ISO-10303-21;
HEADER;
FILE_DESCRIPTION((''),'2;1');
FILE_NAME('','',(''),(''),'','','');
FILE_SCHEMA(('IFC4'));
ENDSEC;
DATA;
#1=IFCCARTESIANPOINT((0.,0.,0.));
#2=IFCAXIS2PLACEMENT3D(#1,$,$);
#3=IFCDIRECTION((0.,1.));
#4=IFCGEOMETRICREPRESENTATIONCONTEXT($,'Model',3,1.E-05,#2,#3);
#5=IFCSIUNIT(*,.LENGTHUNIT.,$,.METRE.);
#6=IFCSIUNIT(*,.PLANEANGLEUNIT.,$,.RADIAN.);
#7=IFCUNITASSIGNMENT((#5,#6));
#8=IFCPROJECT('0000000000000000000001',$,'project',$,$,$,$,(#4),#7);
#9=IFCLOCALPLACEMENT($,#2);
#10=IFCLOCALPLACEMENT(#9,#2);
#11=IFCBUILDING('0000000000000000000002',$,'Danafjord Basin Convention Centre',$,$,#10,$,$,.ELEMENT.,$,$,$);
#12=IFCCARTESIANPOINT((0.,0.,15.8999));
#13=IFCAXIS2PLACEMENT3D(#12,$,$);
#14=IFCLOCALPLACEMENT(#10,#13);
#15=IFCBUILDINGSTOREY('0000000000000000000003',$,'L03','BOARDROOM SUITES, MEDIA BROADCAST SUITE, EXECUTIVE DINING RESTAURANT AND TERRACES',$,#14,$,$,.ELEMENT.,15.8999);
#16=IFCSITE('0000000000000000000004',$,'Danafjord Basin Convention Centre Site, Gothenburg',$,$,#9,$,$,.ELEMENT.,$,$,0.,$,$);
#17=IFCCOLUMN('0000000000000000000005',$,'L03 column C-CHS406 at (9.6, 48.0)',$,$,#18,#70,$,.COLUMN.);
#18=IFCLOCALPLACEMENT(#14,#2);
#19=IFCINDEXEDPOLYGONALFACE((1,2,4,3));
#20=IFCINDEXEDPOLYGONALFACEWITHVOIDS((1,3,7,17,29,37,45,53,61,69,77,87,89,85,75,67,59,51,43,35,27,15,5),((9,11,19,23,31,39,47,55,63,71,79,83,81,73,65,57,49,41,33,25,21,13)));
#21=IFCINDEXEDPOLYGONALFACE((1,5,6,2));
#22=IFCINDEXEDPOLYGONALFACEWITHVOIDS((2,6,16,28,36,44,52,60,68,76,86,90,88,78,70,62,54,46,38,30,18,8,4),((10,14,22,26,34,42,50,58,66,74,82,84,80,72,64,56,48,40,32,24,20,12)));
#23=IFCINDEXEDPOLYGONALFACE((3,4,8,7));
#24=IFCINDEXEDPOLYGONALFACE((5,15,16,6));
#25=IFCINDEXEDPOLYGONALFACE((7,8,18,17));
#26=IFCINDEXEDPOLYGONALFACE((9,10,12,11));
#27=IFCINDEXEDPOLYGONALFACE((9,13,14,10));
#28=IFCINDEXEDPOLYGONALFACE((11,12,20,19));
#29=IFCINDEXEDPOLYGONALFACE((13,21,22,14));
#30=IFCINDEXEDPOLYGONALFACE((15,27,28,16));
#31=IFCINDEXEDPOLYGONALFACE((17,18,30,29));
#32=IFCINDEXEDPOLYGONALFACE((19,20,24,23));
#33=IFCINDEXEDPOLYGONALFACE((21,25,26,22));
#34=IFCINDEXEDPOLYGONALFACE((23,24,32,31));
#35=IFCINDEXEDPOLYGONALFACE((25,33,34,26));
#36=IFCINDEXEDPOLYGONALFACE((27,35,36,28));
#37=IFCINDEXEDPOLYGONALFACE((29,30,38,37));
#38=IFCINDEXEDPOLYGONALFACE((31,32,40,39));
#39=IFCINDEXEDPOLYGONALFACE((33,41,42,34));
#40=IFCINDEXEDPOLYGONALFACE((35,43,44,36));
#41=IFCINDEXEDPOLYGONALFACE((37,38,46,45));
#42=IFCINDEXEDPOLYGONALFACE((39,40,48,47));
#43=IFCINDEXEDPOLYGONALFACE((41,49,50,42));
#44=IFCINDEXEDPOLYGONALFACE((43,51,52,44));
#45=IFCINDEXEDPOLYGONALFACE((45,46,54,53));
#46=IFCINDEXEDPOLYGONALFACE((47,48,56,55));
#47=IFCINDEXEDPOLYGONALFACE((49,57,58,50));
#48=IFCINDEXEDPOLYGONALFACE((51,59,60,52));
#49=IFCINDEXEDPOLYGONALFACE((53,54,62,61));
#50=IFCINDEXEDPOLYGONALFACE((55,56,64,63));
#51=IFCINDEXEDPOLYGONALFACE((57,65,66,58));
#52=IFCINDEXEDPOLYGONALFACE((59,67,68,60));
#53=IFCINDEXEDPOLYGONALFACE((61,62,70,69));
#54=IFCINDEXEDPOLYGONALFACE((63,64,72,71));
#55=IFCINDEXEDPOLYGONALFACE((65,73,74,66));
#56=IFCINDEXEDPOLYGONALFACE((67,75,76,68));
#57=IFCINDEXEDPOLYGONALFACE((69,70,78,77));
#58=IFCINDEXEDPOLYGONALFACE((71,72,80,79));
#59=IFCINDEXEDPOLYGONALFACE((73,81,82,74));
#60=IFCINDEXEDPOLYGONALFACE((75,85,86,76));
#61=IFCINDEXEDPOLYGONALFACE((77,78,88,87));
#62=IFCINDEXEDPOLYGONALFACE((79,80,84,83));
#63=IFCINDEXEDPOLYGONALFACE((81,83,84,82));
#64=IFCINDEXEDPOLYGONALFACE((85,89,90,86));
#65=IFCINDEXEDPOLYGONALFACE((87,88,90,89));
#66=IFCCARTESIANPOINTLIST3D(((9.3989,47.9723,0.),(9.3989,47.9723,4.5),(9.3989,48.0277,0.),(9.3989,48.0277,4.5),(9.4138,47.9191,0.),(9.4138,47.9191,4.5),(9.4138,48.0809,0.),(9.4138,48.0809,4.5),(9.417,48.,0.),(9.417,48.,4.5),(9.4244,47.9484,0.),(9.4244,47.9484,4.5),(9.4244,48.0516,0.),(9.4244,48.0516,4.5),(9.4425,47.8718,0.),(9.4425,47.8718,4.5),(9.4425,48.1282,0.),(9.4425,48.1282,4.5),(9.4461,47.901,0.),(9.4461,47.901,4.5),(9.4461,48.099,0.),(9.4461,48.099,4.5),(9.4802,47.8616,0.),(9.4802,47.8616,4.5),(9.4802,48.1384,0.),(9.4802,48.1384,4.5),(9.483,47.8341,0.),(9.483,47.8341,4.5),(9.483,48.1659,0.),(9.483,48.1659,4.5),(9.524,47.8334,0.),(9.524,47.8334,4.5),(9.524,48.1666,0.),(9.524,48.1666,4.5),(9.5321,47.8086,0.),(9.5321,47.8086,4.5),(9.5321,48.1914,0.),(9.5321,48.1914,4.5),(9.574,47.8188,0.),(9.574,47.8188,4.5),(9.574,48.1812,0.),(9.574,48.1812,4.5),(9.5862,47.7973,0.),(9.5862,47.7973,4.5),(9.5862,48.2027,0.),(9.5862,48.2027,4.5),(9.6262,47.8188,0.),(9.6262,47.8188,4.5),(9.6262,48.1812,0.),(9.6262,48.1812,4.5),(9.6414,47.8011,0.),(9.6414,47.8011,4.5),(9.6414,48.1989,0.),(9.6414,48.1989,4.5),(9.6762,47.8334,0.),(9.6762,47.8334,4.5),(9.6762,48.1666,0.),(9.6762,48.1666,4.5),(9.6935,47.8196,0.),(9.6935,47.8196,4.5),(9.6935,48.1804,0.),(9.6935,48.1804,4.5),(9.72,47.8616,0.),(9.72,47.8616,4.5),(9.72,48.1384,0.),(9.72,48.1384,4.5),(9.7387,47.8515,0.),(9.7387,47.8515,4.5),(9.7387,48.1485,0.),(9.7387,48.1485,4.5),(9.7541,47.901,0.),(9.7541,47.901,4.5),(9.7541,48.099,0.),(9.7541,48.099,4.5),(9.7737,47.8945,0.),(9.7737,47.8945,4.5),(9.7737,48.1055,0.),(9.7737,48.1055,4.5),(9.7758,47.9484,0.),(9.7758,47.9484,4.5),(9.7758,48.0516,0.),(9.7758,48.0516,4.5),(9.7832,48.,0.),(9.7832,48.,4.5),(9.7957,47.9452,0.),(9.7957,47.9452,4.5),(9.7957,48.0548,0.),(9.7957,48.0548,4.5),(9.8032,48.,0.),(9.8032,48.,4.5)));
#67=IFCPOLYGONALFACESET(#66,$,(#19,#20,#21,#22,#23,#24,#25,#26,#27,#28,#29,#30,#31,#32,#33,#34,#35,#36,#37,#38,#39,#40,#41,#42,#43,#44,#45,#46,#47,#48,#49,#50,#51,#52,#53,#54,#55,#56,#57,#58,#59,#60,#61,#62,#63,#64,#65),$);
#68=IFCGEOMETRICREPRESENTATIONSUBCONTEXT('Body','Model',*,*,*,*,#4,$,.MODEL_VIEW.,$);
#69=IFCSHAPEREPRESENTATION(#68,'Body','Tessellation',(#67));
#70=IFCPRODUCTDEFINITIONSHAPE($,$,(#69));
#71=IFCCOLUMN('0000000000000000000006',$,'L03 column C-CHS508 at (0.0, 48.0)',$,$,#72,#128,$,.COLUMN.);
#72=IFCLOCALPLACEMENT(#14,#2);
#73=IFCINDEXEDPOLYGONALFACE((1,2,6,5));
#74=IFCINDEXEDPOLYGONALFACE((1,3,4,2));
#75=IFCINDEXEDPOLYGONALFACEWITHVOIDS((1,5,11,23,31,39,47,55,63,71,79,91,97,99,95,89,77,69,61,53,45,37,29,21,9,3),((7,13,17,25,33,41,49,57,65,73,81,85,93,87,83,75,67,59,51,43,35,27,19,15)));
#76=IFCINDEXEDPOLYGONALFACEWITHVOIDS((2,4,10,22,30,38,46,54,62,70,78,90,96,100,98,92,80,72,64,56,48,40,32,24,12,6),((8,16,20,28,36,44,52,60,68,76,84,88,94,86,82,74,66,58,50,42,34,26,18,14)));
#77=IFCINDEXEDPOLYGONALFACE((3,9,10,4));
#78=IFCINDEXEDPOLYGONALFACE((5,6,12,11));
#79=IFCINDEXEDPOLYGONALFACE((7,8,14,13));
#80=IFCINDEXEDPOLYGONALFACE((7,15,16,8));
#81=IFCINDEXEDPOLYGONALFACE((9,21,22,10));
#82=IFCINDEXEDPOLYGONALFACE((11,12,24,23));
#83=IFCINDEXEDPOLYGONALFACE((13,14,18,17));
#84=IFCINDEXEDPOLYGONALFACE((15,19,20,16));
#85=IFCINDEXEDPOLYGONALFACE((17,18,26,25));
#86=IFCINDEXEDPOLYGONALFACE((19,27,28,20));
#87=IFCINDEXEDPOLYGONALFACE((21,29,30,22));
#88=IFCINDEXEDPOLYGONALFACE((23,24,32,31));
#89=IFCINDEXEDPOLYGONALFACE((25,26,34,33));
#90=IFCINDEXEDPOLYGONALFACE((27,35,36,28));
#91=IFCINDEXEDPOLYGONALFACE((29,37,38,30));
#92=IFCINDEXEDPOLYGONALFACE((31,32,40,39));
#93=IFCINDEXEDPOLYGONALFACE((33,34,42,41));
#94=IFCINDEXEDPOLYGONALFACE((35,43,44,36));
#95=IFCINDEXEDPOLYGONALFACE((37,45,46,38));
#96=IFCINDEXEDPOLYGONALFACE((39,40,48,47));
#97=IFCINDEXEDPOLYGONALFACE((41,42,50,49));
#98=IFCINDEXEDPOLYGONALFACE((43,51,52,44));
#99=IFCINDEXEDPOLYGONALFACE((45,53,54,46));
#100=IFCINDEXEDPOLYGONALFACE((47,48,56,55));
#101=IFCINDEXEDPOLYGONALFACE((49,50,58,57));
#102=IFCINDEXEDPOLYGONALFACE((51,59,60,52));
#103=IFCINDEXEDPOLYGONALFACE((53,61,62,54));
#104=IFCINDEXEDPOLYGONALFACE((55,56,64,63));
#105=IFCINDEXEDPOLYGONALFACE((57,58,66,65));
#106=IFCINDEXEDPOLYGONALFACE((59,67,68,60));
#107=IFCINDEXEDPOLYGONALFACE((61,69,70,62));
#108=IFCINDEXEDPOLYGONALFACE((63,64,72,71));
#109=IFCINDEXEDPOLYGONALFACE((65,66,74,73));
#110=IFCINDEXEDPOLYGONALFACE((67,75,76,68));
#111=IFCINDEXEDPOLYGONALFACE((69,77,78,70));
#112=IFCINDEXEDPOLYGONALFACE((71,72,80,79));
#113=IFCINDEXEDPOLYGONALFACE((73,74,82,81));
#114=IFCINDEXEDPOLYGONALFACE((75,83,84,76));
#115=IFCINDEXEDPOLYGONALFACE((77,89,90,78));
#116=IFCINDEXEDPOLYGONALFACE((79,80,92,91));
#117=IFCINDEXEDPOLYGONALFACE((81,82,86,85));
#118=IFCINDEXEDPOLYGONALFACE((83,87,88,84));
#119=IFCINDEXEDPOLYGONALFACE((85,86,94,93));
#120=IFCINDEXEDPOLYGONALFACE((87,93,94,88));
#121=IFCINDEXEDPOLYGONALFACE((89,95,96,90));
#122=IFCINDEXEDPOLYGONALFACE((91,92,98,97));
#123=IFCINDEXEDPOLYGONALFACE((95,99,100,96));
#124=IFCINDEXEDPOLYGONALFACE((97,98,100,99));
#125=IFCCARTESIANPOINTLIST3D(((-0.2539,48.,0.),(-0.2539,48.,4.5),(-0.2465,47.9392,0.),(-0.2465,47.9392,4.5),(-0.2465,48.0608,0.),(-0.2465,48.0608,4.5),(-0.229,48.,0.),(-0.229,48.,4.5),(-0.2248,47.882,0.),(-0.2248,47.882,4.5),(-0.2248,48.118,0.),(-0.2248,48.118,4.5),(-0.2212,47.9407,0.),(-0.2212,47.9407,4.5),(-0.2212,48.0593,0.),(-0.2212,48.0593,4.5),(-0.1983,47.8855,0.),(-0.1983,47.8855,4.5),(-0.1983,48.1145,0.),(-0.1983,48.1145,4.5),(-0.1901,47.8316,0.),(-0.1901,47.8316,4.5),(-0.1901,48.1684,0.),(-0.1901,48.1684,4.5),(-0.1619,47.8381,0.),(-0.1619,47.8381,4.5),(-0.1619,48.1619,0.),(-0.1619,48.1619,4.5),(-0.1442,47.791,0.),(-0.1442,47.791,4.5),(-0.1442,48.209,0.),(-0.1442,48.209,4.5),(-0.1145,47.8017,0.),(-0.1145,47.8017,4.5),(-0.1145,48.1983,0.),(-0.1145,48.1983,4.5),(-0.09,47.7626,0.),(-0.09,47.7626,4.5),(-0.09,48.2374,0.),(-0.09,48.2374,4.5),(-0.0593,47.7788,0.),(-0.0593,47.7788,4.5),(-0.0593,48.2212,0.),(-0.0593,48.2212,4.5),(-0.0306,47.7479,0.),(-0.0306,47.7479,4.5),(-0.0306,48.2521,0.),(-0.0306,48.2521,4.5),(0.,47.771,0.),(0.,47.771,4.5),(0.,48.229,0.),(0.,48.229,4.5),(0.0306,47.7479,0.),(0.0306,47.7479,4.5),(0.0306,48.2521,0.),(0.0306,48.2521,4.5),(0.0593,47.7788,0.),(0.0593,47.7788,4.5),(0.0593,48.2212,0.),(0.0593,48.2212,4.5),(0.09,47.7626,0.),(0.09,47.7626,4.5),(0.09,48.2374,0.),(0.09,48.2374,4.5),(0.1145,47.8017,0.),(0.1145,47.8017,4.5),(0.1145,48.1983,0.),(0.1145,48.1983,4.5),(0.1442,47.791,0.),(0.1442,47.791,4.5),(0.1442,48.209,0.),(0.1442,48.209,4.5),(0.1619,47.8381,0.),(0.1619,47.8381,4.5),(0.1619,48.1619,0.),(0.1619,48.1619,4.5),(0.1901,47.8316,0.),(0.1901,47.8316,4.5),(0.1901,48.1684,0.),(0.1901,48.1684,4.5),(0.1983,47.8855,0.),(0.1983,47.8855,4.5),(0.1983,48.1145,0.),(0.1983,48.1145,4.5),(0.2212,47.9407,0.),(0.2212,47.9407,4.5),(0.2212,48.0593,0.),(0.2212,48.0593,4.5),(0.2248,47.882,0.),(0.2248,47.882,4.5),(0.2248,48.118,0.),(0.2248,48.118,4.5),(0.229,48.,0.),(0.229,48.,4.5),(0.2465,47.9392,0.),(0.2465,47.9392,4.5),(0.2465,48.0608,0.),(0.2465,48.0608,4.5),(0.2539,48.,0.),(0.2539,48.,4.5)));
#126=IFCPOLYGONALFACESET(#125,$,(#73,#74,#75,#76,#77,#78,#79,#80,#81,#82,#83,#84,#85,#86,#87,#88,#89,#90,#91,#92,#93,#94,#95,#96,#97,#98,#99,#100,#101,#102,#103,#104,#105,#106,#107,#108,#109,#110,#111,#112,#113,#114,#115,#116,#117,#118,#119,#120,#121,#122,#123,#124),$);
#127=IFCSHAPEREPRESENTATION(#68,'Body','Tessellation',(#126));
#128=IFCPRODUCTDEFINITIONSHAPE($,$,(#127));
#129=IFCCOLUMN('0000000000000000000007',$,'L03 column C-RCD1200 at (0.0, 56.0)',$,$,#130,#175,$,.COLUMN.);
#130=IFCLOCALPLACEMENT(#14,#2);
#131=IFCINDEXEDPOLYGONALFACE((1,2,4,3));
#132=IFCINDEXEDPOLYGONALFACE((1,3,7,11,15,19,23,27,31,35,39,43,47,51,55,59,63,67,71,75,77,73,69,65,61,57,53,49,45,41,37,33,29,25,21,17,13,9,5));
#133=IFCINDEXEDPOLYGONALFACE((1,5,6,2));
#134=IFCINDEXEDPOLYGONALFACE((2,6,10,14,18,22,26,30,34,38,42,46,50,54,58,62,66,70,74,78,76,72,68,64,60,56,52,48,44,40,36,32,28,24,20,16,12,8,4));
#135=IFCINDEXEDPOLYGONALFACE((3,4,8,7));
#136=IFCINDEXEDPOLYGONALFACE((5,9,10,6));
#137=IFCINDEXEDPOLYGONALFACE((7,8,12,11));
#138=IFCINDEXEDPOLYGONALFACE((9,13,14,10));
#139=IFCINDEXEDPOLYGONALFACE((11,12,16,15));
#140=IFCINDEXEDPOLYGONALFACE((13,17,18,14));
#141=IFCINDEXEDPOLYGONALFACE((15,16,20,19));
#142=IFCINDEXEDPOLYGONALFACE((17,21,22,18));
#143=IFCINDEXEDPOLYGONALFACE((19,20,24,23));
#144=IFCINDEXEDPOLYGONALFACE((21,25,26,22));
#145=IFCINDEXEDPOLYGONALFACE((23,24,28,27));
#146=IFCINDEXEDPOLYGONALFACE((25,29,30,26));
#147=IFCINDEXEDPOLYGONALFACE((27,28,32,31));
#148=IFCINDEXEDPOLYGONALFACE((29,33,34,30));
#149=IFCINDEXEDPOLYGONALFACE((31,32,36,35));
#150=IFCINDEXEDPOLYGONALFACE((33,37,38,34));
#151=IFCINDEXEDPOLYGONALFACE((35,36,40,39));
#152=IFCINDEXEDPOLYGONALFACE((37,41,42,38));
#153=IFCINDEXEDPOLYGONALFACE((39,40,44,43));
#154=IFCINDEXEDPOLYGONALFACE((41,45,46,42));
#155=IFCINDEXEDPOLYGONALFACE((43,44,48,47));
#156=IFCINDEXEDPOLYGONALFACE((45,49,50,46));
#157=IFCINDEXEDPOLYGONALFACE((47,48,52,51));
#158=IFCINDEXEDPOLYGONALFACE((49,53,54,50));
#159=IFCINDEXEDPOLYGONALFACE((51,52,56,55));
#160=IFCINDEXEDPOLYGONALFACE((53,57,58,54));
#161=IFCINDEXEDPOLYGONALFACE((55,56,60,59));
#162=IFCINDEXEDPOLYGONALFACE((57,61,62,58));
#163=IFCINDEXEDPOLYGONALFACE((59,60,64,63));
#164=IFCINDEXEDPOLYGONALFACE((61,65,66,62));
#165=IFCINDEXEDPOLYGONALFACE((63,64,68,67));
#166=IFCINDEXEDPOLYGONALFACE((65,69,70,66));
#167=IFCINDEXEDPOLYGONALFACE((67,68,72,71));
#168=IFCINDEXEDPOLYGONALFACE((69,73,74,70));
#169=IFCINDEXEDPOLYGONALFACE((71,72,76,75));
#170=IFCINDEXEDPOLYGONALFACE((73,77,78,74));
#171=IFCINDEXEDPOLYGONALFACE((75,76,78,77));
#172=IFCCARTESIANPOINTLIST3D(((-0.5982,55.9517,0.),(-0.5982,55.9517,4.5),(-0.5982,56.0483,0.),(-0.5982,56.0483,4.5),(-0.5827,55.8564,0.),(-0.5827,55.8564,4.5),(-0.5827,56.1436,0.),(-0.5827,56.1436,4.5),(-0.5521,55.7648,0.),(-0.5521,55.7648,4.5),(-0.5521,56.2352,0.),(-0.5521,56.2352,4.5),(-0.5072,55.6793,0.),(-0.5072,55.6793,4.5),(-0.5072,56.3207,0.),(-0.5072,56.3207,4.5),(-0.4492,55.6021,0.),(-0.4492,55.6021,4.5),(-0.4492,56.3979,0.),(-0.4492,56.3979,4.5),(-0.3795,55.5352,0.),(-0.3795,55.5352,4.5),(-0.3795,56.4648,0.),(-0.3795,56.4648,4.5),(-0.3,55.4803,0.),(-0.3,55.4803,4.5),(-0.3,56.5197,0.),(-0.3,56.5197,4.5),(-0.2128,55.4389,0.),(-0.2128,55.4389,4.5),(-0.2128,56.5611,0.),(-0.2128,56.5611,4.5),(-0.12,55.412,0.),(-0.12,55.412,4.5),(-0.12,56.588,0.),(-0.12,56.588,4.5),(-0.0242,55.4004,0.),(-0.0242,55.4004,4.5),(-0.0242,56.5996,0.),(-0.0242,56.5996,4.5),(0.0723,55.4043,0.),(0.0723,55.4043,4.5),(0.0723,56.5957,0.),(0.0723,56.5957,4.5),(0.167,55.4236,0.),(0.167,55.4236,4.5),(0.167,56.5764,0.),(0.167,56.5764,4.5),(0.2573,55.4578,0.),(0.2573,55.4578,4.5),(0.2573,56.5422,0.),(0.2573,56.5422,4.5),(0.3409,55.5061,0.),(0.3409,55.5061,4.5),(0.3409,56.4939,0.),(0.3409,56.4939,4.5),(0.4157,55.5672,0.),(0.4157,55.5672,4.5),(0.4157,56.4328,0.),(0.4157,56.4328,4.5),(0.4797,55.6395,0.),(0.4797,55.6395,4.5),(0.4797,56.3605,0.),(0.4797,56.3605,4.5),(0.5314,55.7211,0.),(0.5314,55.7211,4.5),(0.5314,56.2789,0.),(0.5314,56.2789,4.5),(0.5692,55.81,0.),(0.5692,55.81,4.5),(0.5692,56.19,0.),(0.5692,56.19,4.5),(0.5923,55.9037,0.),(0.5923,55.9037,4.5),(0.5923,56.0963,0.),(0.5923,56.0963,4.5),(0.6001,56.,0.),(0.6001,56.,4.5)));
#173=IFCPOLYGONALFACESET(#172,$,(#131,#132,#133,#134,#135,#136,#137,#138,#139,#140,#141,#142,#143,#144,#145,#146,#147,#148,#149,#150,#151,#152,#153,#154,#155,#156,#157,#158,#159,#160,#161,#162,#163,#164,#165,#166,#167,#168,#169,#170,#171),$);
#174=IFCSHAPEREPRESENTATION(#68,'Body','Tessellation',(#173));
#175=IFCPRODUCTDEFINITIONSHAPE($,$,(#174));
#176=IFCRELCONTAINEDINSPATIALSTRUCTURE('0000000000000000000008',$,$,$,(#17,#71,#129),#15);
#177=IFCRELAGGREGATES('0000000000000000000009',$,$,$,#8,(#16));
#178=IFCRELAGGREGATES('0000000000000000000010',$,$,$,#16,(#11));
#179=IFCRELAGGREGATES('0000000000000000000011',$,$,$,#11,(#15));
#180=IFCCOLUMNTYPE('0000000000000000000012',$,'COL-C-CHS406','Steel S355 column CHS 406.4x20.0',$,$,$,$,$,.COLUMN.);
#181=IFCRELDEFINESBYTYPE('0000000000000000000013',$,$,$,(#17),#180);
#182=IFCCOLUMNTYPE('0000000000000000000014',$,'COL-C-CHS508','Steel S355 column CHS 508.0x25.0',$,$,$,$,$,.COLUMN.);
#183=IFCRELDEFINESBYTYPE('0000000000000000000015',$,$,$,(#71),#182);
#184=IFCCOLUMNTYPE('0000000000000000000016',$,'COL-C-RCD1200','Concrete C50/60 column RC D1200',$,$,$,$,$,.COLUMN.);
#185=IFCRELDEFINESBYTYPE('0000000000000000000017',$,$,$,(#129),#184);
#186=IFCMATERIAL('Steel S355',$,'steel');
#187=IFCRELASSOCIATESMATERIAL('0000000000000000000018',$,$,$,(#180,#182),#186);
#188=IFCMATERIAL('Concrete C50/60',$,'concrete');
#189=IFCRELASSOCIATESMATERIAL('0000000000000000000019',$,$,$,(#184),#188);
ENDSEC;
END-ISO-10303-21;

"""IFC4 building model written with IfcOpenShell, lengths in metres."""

from ifc_helpers import new_model, si_unit, direction, frame, origin, origin_2d, place, context, subcontext, project, spatial, circle, hollow_circle, extrude, material, material_profile, profile_set, type_object, element, save


model = new_model("IFC4")

# Units and contexts
model_context = context("Model", 3, precision=1e-05, world=origin(), true_north=direction((0.0, 1.0)))
body_context = subcontext(model_context, "Body", "Model", "MODEL_VIEW")
ifc_project = project(units=[si_unit("LENGTHUNIT", "METRE"), si_unit("PLANEANGLEUNIT", "RADIAN")], contexts=[model_context])

# Site, building, storey
site_placement = place(None, origin())
site = spatial("IfcSite", under=ifc_project, at=site_placement, Name="Danafjord Basin Convention Centre Site, Gothenburg", CompositionType="ELEMENT", RefElevation=0.0)
building_placement = place(site_placement, origin())
building = spatial("IfcBuilding", under=site, at=building_placement, Name="Danafjord Basin Convention Centre", CompositionType="ELEMENT")
storey_placement = place(building_placement, frame((0.0, 0.0, 15.8999)))
storey = spatial("IfcBuildingStorey", under=building, at=storey_placement, Name="L03", Description="BOARDROOM SUITES, MEDIA BROADCAST SUITE, EXECUTIVE DINING RESTAURANT AND TERRACES", CompositionType="ELEMENT", Elevation=15.8999)

# Columns
ifc_material_1 = material(Name="Steel S355", Category="steel")
ifc_material_profile_1 = material_profile(ifc_material_1, hollow_circle(Radius=0.2031, WallThickness=0.02, at=origin_2d()), Name="CHS 406.4x20.0")
ifc_profile_set_1 = profile_set([ifc_material_profile_1], Name="Steel S355")
column_type_1 = type_object("IfcColumnType", Name="COL-C-CHS406", Description="Steel S355 column CHS 406.4x20.0", PredefinedType="COLUMN", material=ifc_profile_set_1)
column_1_placement = place(storey_placement, frame((9.6001, 48.0, 0.0), z_axis=(0.0, 0.0, 1.0), x_axis=(1.0, 0.0, 0.0)))
element("IfcColumn", 1, at=column_1_placement, inside=storey, type_object=column_type_1, Name="L03 column C-CHS406 at (9.6, 48.0)", PredefinedType="COLUMN", context=body_context, shape_type="SweptSolid", body=[
    extrude(hollow_circle(Radius=0.2031, WallThickness=0.02, at=origin_2d()), origin(), (0.0, 0.0, 1.0), 4.5),
])
ifc_material_profile_2 = material_profile(ifc_material_1, hollow_circle(Radius=0.2539, WallThickness=0.0249, at=origin_2d()), Name="CHS 508.0x25.0")
ifc_profile_set_2 = profile_set([ifc_material_profile_2], Name="Steel S355")
column_type_2 = type_object("IfcColumnType", Name="COL-C-CHS508", Description="Steel S355 column CHS 508.0x25.0", PredefinedType="COLUMN", material=ifc_profile_set_2)
column_2_placement = place(storey_placement, frame((0.0, 48.0, 0.0), z_axis=(0.0, 0.0, 1.0), x_axis=(1.0, 0.0, 0.0)))
element("IfcColumn", 2, at=column_2_placement, inside=storey, type_object=column_type_2, Name="L03 column C-CHS508 at (0.0, 48.0)", PredefinedType="COLUMN", context=body_context, shape_type="SweptSolid", body=[
    extrude(hollow_circle(Radius=0.2539, WallThickness=0.0249, at=origin_2d()), origin(), (0.0, 0.0, 1.0), 4.5),
])
ifc_material_2 = material(Name="Concrete C50/60", Category="concrete")
ifc_material_profile_3 = material_profile(ifc_material_2, circle(Radius=0.6001, at=origin_2d()), Name="RC D1200")
ifc_profile_set_3 = profile_set([ifc_material_profile_3], Name="Concrete C50/60")
column_type_3 = type_object("IfcColumnType", Name="COL-C-RCD1200", Description="Concrete C50/60 column RC D1200", PredefinedType="COLUMN", material=ifc_profile_set_3)
column_3_placement = place(storey_placement, frame((0.0, 56.0, 0.0), z_axis=(0.0, 0.0, 1.0), x_axis=(1.0, 0.0, 0.0)))
element("IfcColumn", 3, at=column_3_placement, inside=storey, type_object=column_type_3, Name="L03 column C-RCD1200 at (0.0, 56.0)", PredefinedType="COLUMN", context=body_context, shape_type="SweptSolid", body=[
    extrude(circle(Radius=0.6001, at=origin_2d()), origin(), (0.0, 0.0, 1.0), 4.5),
])

save(model, "model.ifc")
